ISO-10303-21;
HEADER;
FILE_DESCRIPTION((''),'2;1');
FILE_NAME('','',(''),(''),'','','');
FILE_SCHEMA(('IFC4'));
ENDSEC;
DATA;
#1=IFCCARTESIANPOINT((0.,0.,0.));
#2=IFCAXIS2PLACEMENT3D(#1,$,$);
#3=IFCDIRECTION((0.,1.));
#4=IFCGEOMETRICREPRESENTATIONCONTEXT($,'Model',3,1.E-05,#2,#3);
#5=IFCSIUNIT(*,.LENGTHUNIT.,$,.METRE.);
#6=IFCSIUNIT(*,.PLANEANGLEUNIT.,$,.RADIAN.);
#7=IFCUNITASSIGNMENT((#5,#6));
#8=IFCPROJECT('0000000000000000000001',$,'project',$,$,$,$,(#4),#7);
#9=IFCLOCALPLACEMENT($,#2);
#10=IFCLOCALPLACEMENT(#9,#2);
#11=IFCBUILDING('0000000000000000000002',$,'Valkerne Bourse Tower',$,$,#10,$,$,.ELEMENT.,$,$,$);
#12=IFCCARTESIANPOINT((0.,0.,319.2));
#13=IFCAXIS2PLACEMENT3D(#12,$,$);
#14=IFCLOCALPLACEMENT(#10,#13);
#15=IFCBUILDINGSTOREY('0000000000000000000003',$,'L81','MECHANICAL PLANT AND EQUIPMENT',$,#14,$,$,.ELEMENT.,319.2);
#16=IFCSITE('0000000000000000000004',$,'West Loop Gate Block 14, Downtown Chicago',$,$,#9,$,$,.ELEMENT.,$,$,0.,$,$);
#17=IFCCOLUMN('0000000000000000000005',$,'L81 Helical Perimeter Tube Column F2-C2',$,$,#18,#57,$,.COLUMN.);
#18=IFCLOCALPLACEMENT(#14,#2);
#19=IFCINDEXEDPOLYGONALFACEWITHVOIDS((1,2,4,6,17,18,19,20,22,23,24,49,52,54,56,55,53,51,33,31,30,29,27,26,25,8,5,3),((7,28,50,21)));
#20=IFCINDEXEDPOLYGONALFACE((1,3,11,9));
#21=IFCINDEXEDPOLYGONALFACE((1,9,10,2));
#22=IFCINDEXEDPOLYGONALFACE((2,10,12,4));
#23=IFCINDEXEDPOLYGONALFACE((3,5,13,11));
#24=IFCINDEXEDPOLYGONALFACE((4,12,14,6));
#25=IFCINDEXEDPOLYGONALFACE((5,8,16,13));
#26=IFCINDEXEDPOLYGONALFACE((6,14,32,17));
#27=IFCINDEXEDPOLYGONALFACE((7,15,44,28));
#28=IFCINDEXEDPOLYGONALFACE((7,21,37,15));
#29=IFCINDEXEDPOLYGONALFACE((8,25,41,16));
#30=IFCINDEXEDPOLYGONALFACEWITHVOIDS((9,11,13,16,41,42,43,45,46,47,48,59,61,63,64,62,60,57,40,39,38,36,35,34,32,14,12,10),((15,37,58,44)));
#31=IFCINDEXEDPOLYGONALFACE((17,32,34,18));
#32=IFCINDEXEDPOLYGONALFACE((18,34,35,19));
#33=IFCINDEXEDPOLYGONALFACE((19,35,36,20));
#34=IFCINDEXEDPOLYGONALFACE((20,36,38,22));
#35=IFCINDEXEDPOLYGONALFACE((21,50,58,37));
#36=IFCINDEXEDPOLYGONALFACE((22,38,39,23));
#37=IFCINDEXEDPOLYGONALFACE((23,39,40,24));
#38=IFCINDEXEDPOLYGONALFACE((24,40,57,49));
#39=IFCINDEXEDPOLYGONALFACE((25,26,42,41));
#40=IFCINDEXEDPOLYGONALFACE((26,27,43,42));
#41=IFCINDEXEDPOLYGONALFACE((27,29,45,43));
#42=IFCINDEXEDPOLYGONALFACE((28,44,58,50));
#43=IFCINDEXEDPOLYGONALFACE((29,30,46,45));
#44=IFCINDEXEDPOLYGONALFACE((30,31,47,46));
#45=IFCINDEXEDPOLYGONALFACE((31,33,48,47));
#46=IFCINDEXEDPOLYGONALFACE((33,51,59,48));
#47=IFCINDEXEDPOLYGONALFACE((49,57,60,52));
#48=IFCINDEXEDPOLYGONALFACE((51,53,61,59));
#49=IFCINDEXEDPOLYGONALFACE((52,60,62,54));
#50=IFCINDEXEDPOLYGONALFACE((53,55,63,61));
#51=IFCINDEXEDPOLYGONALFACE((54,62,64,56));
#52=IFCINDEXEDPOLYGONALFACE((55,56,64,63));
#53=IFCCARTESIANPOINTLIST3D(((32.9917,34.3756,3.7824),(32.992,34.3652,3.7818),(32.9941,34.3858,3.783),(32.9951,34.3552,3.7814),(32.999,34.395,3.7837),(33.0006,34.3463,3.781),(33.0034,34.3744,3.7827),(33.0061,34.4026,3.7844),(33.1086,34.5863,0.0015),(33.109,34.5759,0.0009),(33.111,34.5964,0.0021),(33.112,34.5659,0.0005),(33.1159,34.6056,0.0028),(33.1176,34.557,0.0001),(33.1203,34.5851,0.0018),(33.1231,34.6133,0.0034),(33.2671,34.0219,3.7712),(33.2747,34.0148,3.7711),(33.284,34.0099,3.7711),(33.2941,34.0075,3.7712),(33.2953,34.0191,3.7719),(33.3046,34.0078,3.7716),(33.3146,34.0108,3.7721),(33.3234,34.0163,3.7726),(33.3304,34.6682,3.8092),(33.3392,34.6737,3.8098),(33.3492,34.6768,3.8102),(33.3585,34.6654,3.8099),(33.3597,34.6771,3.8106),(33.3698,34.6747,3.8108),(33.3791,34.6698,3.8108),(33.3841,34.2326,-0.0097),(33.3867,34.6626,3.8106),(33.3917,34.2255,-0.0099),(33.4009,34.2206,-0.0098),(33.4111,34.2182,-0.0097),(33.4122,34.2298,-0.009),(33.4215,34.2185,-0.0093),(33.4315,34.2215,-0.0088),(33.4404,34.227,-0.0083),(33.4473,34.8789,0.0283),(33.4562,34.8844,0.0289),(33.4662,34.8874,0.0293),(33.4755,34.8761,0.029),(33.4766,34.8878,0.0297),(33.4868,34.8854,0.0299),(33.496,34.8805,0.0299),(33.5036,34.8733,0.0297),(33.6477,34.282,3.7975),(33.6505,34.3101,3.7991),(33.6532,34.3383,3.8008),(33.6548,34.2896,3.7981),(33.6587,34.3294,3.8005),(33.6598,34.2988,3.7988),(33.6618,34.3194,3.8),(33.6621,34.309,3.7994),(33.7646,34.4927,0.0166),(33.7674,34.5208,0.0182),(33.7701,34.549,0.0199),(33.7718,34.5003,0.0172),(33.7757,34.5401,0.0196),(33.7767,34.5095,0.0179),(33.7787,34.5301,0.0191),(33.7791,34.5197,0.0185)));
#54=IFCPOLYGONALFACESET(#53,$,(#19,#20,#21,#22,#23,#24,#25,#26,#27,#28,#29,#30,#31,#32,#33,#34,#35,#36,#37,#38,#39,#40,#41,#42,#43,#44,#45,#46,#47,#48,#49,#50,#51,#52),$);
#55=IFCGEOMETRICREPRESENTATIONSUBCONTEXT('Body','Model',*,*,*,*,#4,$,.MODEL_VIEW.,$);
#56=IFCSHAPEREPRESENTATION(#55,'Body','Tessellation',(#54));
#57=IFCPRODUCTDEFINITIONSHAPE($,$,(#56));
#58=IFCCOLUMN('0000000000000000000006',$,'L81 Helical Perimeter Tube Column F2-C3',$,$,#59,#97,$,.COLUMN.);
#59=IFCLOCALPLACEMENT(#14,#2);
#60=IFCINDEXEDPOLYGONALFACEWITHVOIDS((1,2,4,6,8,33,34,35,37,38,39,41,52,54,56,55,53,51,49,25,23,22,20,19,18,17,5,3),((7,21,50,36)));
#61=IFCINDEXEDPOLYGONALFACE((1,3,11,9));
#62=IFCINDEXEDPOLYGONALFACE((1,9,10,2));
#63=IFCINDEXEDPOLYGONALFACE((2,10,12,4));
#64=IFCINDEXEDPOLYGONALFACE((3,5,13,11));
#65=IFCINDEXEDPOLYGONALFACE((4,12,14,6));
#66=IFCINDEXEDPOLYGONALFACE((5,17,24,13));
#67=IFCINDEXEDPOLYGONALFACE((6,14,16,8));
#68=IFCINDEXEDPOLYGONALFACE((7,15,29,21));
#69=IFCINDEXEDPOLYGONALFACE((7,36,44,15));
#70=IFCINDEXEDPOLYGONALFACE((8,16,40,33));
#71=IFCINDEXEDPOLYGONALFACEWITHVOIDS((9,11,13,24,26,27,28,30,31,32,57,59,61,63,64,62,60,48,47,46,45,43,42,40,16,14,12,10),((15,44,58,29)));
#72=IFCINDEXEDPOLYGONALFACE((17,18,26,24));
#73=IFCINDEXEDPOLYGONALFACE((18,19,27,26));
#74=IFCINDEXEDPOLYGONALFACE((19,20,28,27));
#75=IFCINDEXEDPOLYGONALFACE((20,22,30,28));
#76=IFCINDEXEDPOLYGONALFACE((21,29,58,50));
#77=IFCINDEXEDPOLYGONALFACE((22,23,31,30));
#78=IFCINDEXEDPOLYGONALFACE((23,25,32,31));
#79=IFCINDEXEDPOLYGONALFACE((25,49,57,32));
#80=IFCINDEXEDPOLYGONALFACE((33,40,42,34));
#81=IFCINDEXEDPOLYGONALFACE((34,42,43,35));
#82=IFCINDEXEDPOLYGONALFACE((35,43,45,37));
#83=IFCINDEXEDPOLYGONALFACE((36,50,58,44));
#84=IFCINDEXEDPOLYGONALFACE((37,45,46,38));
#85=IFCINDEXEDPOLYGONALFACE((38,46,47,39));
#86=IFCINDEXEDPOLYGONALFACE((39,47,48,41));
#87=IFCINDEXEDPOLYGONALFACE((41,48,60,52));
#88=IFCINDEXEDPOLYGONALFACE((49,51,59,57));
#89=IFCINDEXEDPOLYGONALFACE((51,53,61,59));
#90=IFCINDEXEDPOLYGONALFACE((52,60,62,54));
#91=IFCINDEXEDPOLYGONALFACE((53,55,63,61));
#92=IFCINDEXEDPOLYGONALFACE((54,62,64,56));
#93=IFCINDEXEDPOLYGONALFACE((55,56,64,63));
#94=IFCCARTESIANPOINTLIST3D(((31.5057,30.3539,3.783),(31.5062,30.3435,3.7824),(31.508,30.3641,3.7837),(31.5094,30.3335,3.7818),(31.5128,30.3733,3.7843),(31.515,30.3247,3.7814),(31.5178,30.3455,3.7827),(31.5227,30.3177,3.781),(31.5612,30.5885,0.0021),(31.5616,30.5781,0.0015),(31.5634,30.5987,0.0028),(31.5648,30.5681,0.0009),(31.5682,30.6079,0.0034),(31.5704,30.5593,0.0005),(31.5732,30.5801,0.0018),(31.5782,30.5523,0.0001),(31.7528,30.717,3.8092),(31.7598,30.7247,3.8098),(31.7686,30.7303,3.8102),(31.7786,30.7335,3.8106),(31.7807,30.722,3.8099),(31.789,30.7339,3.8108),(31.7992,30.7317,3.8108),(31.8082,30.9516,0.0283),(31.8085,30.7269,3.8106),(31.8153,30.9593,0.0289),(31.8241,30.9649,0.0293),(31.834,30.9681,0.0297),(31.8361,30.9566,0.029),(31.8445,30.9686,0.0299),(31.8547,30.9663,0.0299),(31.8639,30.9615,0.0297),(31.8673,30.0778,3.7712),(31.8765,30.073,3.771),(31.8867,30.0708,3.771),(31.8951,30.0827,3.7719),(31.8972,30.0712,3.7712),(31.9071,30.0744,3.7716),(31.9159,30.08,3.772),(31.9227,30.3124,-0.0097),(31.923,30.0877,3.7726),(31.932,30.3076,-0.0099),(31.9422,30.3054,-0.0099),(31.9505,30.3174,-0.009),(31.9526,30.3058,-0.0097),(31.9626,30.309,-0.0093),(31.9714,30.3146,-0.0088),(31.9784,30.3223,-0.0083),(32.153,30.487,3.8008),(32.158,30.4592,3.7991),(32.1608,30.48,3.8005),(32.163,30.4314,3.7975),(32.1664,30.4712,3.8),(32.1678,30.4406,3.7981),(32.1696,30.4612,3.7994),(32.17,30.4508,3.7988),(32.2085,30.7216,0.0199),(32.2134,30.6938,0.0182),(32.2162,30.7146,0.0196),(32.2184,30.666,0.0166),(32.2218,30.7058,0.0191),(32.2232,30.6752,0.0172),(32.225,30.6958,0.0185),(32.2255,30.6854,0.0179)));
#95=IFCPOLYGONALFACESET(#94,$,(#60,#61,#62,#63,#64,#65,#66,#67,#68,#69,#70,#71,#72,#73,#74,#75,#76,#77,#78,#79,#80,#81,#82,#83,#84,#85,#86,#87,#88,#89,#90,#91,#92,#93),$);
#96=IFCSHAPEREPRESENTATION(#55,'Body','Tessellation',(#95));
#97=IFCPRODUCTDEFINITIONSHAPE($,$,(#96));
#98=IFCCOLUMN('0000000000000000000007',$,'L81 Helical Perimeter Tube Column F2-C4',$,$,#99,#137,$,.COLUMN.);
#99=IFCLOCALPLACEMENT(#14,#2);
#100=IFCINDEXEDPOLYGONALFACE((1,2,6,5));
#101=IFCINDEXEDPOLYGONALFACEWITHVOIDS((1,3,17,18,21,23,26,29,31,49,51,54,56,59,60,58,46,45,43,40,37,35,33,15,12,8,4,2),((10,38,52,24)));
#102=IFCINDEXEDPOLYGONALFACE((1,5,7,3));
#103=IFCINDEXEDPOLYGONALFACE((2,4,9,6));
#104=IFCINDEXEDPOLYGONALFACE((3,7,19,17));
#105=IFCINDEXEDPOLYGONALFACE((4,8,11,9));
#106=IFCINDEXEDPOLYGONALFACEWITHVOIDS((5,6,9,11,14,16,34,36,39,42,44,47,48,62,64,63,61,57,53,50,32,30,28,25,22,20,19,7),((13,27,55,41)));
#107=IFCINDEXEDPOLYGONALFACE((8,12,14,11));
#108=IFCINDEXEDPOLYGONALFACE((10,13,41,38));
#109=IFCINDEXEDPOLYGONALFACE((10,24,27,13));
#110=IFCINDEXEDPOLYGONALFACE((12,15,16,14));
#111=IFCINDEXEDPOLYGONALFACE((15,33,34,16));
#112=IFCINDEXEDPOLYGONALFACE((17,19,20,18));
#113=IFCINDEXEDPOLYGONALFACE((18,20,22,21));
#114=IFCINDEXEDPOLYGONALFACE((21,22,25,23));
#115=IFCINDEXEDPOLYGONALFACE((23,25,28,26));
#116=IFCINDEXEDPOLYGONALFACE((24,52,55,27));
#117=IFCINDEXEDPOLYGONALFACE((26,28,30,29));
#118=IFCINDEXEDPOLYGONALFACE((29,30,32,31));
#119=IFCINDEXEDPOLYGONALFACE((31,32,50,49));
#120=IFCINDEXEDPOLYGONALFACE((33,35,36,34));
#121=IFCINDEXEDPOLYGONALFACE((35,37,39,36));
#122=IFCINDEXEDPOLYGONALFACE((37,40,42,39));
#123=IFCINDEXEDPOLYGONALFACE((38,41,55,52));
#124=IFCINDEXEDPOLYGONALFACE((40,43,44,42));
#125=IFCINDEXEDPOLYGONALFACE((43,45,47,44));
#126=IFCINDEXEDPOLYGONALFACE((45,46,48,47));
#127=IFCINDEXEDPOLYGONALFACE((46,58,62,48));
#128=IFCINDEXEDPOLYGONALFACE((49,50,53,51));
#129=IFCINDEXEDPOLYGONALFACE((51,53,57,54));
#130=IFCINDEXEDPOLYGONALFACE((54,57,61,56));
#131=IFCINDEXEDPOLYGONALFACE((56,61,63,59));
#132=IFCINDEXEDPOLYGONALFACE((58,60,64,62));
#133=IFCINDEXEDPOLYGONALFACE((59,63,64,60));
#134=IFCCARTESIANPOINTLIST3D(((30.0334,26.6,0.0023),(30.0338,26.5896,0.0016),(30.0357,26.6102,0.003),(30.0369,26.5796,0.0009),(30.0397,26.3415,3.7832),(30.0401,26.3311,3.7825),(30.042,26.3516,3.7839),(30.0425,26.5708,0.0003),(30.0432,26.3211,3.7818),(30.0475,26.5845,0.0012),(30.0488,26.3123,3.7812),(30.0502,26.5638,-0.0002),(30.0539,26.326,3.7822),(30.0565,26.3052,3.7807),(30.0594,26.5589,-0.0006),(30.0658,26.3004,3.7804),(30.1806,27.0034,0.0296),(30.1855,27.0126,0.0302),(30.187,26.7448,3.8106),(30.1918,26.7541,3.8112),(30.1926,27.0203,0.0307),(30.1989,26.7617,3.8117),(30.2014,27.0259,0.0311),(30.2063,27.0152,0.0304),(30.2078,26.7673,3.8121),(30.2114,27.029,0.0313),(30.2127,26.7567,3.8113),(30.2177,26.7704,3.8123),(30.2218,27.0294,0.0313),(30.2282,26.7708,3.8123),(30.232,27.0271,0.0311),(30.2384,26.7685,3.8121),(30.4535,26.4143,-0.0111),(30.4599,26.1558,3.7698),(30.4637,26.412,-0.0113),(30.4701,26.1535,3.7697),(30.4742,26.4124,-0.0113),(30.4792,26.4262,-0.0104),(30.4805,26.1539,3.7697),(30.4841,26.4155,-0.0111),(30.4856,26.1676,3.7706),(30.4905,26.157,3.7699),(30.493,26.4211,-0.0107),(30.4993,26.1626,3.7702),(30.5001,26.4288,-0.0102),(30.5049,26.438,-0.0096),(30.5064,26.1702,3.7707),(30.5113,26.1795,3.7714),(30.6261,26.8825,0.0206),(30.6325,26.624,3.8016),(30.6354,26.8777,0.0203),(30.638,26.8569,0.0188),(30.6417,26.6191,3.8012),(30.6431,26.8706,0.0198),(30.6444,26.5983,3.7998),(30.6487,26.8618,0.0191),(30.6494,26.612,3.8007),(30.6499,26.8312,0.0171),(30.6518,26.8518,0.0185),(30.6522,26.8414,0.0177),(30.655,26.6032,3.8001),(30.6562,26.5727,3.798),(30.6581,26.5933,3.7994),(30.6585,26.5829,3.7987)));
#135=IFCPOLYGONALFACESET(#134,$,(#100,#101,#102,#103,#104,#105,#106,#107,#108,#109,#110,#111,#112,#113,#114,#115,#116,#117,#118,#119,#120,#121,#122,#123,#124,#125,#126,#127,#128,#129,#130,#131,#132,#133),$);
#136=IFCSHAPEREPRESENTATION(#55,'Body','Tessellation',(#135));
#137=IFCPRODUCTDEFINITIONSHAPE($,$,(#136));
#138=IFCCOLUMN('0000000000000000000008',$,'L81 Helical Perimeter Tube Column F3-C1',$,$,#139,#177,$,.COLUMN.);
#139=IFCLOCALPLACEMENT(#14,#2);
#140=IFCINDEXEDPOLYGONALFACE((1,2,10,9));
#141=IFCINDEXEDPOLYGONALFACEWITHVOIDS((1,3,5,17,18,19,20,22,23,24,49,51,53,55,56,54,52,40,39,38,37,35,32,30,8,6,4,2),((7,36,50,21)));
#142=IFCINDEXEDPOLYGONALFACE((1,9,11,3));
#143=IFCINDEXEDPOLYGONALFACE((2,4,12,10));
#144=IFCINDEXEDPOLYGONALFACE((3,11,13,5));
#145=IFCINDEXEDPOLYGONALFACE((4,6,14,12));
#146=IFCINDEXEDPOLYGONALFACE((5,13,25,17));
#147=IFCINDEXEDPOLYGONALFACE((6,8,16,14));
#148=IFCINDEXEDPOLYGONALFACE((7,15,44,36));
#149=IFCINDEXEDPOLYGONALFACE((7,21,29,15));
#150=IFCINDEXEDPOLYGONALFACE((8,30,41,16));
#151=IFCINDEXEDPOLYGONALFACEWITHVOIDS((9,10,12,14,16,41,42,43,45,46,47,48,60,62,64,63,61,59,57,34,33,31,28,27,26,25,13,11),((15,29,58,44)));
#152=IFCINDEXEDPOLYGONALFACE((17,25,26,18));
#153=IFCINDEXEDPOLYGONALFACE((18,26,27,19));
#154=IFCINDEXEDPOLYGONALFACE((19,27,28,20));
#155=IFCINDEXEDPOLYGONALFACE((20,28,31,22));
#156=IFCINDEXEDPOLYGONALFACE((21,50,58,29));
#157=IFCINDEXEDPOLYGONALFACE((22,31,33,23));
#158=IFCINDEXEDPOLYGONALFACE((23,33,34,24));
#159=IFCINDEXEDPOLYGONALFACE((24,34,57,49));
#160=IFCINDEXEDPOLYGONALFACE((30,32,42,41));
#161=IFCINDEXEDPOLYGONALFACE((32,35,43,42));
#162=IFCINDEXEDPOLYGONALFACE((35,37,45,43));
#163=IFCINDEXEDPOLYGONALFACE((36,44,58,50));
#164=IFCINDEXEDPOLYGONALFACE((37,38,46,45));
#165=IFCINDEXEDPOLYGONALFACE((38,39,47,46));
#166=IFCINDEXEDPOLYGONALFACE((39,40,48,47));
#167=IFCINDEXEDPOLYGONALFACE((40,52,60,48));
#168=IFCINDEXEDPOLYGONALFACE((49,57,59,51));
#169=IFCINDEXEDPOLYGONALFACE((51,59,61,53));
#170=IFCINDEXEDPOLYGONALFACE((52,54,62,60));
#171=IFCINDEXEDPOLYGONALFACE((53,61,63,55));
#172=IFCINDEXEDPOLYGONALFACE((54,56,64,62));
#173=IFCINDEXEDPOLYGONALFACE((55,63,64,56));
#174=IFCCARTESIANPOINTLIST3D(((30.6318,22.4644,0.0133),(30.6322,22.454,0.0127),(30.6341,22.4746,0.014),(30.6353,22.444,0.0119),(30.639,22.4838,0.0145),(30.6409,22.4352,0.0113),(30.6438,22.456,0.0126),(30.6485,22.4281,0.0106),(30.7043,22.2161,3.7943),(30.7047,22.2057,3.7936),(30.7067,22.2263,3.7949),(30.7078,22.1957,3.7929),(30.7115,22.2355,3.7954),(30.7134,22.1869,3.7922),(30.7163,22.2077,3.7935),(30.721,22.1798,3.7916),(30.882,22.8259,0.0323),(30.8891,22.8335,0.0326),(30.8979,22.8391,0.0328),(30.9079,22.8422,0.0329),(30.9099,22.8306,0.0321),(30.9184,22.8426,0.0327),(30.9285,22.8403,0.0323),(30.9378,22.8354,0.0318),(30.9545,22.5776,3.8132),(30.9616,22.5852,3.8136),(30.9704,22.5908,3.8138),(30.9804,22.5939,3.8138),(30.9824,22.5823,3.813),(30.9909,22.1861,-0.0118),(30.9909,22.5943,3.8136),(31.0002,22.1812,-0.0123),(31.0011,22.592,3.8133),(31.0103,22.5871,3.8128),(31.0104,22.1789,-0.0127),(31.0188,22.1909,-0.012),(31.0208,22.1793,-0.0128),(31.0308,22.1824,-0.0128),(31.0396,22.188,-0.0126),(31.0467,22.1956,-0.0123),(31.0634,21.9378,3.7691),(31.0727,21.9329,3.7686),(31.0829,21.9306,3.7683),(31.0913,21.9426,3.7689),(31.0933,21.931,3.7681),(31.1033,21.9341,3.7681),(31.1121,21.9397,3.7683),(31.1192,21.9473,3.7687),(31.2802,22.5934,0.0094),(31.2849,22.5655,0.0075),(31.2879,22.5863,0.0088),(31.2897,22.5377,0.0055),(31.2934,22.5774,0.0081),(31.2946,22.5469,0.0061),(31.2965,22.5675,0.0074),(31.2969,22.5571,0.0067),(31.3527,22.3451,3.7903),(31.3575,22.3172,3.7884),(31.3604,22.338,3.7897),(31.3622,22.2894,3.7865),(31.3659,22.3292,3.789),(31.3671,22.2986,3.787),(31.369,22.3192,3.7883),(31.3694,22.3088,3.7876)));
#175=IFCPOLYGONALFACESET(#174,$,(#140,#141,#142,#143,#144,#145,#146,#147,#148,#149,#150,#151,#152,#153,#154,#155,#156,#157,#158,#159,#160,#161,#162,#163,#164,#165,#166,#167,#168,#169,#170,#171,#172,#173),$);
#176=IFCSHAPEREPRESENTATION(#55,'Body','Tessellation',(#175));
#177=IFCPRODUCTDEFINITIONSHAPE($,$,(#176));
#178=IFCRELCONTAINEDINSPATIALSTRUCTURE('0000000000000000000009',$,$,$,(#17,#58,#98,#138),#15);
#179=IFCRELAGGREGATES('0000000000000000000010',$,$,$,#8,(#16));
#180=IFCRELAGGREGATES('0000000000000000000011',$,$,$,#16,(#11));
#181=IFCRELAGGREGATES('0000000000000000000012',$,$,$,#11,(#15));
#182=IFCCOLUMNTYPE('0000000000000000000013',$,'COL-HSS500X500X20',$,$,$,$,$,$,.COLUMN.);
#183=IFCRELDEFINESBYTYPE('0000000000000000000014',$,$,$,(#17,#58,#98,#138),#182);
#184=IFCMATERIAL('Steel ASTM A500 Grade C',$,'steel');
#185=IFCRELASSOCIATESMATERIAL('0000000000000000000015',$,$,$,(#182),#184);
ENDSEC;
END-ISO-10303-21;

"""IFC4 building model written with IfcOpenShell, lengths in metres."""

from ifc_helpers import new_model, si_unit, direction, frame, origin, origin_2d, place, context, subcontext, project, spatial, hollow_rectangle, extrude, material, material_profile, profile_set, type_object, element, save


model = new_model("IFC4")

# Units and contexts
model_context = context("Model", 3, precision=1e-05, world=origin(), true_north=direction((0.0, 1.0)))
body_context = subcontext(model_context, "Body", "Model", "MODEL_VIEW")
ifc_project = project(units=[si_unit("LENGTHUNIT", "METRE"), si_unit("PLANEANGLEUNIT", "RADIAN")], contexts=[model_context])

# Site, building, storey
site_placement = place(None, origin())
site = spatial("IfcSite", under=ifc_project, at=site_placement, Name="West Loop Gate Block 14, Downtown Chicago", CompositionType="ELEMENT", RefElevation=0.0)
building_placement = place(site_placement, origin())
building = spatial("IfcBuilding", under=site, at=building_placement, Name="Valkerne Bourse Tower", CompositionType="ELEMENT")
storey_placement = place(building_placement, frame((0.0, 0.0, 319.2)))
storey = spatial("IfcBuildingStorey", under=building, at=storey_placement, Name="L81", Description="MECHANICAL PLANT AND EQUIPMENT", CompositionType="ELEMENT", Elevation=319.2)

# Columns
ifc_material_1 = material(Name="Steel ASTM A500 Grade C", Category="steel")
ifc_material_profile_1 = material_profile(ifc_material_1, hollow_rectangle(XDim=0.5, YDim=0.5, WallThickness=0.02, OuterFilletRadius=0.04, at=origin_2d()), Name="HSS500X500X20")
ifc_profile_set_1 = profile_set([ifc_material_profile_1], Name="Steel ASTM A500 Grade C")
column_type = type_object("IfcColumnType", Name="COL-HSS500X500X20", PredefinedType="COLUMN", material=ifc_profile_set_1)
for number, where, z_axis, x_axis, name in (
    (1, (33.4438, 34.553, 0.01), (-0.030867, -0.055611, 0.997975), (-0.772175, -0.632652, -0.059137), "L81 Helical Perimeter Tube Column F2-C2"),
    (2, (31.8933, 30.637, 0.01), (-0.014628, -0.061926, 0.997974), (-0.571575, -0.818414, -0.059162), "L81 Helical Perimeter Tube Column F2-C3"),
):
    element("IfcColumn", number, at=place(storey_placement, frame(where, z_axis=z_axis, x_axis=x_axis)), inside=storey, type_object=column_type, Name=name, PredefinedType="COLUMN", context=body_context, shape_type="SweptSolid", body=[
        extrude(hollow_rectangle(XDim=0.5, YDim=0.5, WallThickness=0.02, OuterFilletRadius=0.04, at=origin_2d()), origin(), (0.0, 0.0, 1.0), 3.7886),
    ])
for number, where, z_axis, x_axis, name in (
    (3, (30.3428, 26.7207, 0.01), (0.001675, -0.068221, 0.997669), (-0.345246, -0.936365, -0.063449), "L81 Helical Perimeter Tube Column F2-C4"),
    (4, (30.9644, 22.5107, 0.01), (0.019133, -0.065515, 0.997668), (0.81542, -0.576393, -0.053488), "L81 Helical Perimeter Tube Column F3-C1"),
):
    element("IfcColumn", number, at=place(storey_placement, frame(where, z_axis=z_axis, x_axis=x_axis)), inside=storey, type_object=column_type, Name=name, PredefinedType="COLUMN", context=body_context, shape_type="SweptSolid", body=[
        extrude(hollow_rectangle(XDim=0.5, YDim=0.5, WallThickness=0.02, OuterFilletRadius=0.04, at=origin_2d()), origin(), (0.0, 0.0, 1.0), 3.7898),
    ])

save(model, "model.ifc")
